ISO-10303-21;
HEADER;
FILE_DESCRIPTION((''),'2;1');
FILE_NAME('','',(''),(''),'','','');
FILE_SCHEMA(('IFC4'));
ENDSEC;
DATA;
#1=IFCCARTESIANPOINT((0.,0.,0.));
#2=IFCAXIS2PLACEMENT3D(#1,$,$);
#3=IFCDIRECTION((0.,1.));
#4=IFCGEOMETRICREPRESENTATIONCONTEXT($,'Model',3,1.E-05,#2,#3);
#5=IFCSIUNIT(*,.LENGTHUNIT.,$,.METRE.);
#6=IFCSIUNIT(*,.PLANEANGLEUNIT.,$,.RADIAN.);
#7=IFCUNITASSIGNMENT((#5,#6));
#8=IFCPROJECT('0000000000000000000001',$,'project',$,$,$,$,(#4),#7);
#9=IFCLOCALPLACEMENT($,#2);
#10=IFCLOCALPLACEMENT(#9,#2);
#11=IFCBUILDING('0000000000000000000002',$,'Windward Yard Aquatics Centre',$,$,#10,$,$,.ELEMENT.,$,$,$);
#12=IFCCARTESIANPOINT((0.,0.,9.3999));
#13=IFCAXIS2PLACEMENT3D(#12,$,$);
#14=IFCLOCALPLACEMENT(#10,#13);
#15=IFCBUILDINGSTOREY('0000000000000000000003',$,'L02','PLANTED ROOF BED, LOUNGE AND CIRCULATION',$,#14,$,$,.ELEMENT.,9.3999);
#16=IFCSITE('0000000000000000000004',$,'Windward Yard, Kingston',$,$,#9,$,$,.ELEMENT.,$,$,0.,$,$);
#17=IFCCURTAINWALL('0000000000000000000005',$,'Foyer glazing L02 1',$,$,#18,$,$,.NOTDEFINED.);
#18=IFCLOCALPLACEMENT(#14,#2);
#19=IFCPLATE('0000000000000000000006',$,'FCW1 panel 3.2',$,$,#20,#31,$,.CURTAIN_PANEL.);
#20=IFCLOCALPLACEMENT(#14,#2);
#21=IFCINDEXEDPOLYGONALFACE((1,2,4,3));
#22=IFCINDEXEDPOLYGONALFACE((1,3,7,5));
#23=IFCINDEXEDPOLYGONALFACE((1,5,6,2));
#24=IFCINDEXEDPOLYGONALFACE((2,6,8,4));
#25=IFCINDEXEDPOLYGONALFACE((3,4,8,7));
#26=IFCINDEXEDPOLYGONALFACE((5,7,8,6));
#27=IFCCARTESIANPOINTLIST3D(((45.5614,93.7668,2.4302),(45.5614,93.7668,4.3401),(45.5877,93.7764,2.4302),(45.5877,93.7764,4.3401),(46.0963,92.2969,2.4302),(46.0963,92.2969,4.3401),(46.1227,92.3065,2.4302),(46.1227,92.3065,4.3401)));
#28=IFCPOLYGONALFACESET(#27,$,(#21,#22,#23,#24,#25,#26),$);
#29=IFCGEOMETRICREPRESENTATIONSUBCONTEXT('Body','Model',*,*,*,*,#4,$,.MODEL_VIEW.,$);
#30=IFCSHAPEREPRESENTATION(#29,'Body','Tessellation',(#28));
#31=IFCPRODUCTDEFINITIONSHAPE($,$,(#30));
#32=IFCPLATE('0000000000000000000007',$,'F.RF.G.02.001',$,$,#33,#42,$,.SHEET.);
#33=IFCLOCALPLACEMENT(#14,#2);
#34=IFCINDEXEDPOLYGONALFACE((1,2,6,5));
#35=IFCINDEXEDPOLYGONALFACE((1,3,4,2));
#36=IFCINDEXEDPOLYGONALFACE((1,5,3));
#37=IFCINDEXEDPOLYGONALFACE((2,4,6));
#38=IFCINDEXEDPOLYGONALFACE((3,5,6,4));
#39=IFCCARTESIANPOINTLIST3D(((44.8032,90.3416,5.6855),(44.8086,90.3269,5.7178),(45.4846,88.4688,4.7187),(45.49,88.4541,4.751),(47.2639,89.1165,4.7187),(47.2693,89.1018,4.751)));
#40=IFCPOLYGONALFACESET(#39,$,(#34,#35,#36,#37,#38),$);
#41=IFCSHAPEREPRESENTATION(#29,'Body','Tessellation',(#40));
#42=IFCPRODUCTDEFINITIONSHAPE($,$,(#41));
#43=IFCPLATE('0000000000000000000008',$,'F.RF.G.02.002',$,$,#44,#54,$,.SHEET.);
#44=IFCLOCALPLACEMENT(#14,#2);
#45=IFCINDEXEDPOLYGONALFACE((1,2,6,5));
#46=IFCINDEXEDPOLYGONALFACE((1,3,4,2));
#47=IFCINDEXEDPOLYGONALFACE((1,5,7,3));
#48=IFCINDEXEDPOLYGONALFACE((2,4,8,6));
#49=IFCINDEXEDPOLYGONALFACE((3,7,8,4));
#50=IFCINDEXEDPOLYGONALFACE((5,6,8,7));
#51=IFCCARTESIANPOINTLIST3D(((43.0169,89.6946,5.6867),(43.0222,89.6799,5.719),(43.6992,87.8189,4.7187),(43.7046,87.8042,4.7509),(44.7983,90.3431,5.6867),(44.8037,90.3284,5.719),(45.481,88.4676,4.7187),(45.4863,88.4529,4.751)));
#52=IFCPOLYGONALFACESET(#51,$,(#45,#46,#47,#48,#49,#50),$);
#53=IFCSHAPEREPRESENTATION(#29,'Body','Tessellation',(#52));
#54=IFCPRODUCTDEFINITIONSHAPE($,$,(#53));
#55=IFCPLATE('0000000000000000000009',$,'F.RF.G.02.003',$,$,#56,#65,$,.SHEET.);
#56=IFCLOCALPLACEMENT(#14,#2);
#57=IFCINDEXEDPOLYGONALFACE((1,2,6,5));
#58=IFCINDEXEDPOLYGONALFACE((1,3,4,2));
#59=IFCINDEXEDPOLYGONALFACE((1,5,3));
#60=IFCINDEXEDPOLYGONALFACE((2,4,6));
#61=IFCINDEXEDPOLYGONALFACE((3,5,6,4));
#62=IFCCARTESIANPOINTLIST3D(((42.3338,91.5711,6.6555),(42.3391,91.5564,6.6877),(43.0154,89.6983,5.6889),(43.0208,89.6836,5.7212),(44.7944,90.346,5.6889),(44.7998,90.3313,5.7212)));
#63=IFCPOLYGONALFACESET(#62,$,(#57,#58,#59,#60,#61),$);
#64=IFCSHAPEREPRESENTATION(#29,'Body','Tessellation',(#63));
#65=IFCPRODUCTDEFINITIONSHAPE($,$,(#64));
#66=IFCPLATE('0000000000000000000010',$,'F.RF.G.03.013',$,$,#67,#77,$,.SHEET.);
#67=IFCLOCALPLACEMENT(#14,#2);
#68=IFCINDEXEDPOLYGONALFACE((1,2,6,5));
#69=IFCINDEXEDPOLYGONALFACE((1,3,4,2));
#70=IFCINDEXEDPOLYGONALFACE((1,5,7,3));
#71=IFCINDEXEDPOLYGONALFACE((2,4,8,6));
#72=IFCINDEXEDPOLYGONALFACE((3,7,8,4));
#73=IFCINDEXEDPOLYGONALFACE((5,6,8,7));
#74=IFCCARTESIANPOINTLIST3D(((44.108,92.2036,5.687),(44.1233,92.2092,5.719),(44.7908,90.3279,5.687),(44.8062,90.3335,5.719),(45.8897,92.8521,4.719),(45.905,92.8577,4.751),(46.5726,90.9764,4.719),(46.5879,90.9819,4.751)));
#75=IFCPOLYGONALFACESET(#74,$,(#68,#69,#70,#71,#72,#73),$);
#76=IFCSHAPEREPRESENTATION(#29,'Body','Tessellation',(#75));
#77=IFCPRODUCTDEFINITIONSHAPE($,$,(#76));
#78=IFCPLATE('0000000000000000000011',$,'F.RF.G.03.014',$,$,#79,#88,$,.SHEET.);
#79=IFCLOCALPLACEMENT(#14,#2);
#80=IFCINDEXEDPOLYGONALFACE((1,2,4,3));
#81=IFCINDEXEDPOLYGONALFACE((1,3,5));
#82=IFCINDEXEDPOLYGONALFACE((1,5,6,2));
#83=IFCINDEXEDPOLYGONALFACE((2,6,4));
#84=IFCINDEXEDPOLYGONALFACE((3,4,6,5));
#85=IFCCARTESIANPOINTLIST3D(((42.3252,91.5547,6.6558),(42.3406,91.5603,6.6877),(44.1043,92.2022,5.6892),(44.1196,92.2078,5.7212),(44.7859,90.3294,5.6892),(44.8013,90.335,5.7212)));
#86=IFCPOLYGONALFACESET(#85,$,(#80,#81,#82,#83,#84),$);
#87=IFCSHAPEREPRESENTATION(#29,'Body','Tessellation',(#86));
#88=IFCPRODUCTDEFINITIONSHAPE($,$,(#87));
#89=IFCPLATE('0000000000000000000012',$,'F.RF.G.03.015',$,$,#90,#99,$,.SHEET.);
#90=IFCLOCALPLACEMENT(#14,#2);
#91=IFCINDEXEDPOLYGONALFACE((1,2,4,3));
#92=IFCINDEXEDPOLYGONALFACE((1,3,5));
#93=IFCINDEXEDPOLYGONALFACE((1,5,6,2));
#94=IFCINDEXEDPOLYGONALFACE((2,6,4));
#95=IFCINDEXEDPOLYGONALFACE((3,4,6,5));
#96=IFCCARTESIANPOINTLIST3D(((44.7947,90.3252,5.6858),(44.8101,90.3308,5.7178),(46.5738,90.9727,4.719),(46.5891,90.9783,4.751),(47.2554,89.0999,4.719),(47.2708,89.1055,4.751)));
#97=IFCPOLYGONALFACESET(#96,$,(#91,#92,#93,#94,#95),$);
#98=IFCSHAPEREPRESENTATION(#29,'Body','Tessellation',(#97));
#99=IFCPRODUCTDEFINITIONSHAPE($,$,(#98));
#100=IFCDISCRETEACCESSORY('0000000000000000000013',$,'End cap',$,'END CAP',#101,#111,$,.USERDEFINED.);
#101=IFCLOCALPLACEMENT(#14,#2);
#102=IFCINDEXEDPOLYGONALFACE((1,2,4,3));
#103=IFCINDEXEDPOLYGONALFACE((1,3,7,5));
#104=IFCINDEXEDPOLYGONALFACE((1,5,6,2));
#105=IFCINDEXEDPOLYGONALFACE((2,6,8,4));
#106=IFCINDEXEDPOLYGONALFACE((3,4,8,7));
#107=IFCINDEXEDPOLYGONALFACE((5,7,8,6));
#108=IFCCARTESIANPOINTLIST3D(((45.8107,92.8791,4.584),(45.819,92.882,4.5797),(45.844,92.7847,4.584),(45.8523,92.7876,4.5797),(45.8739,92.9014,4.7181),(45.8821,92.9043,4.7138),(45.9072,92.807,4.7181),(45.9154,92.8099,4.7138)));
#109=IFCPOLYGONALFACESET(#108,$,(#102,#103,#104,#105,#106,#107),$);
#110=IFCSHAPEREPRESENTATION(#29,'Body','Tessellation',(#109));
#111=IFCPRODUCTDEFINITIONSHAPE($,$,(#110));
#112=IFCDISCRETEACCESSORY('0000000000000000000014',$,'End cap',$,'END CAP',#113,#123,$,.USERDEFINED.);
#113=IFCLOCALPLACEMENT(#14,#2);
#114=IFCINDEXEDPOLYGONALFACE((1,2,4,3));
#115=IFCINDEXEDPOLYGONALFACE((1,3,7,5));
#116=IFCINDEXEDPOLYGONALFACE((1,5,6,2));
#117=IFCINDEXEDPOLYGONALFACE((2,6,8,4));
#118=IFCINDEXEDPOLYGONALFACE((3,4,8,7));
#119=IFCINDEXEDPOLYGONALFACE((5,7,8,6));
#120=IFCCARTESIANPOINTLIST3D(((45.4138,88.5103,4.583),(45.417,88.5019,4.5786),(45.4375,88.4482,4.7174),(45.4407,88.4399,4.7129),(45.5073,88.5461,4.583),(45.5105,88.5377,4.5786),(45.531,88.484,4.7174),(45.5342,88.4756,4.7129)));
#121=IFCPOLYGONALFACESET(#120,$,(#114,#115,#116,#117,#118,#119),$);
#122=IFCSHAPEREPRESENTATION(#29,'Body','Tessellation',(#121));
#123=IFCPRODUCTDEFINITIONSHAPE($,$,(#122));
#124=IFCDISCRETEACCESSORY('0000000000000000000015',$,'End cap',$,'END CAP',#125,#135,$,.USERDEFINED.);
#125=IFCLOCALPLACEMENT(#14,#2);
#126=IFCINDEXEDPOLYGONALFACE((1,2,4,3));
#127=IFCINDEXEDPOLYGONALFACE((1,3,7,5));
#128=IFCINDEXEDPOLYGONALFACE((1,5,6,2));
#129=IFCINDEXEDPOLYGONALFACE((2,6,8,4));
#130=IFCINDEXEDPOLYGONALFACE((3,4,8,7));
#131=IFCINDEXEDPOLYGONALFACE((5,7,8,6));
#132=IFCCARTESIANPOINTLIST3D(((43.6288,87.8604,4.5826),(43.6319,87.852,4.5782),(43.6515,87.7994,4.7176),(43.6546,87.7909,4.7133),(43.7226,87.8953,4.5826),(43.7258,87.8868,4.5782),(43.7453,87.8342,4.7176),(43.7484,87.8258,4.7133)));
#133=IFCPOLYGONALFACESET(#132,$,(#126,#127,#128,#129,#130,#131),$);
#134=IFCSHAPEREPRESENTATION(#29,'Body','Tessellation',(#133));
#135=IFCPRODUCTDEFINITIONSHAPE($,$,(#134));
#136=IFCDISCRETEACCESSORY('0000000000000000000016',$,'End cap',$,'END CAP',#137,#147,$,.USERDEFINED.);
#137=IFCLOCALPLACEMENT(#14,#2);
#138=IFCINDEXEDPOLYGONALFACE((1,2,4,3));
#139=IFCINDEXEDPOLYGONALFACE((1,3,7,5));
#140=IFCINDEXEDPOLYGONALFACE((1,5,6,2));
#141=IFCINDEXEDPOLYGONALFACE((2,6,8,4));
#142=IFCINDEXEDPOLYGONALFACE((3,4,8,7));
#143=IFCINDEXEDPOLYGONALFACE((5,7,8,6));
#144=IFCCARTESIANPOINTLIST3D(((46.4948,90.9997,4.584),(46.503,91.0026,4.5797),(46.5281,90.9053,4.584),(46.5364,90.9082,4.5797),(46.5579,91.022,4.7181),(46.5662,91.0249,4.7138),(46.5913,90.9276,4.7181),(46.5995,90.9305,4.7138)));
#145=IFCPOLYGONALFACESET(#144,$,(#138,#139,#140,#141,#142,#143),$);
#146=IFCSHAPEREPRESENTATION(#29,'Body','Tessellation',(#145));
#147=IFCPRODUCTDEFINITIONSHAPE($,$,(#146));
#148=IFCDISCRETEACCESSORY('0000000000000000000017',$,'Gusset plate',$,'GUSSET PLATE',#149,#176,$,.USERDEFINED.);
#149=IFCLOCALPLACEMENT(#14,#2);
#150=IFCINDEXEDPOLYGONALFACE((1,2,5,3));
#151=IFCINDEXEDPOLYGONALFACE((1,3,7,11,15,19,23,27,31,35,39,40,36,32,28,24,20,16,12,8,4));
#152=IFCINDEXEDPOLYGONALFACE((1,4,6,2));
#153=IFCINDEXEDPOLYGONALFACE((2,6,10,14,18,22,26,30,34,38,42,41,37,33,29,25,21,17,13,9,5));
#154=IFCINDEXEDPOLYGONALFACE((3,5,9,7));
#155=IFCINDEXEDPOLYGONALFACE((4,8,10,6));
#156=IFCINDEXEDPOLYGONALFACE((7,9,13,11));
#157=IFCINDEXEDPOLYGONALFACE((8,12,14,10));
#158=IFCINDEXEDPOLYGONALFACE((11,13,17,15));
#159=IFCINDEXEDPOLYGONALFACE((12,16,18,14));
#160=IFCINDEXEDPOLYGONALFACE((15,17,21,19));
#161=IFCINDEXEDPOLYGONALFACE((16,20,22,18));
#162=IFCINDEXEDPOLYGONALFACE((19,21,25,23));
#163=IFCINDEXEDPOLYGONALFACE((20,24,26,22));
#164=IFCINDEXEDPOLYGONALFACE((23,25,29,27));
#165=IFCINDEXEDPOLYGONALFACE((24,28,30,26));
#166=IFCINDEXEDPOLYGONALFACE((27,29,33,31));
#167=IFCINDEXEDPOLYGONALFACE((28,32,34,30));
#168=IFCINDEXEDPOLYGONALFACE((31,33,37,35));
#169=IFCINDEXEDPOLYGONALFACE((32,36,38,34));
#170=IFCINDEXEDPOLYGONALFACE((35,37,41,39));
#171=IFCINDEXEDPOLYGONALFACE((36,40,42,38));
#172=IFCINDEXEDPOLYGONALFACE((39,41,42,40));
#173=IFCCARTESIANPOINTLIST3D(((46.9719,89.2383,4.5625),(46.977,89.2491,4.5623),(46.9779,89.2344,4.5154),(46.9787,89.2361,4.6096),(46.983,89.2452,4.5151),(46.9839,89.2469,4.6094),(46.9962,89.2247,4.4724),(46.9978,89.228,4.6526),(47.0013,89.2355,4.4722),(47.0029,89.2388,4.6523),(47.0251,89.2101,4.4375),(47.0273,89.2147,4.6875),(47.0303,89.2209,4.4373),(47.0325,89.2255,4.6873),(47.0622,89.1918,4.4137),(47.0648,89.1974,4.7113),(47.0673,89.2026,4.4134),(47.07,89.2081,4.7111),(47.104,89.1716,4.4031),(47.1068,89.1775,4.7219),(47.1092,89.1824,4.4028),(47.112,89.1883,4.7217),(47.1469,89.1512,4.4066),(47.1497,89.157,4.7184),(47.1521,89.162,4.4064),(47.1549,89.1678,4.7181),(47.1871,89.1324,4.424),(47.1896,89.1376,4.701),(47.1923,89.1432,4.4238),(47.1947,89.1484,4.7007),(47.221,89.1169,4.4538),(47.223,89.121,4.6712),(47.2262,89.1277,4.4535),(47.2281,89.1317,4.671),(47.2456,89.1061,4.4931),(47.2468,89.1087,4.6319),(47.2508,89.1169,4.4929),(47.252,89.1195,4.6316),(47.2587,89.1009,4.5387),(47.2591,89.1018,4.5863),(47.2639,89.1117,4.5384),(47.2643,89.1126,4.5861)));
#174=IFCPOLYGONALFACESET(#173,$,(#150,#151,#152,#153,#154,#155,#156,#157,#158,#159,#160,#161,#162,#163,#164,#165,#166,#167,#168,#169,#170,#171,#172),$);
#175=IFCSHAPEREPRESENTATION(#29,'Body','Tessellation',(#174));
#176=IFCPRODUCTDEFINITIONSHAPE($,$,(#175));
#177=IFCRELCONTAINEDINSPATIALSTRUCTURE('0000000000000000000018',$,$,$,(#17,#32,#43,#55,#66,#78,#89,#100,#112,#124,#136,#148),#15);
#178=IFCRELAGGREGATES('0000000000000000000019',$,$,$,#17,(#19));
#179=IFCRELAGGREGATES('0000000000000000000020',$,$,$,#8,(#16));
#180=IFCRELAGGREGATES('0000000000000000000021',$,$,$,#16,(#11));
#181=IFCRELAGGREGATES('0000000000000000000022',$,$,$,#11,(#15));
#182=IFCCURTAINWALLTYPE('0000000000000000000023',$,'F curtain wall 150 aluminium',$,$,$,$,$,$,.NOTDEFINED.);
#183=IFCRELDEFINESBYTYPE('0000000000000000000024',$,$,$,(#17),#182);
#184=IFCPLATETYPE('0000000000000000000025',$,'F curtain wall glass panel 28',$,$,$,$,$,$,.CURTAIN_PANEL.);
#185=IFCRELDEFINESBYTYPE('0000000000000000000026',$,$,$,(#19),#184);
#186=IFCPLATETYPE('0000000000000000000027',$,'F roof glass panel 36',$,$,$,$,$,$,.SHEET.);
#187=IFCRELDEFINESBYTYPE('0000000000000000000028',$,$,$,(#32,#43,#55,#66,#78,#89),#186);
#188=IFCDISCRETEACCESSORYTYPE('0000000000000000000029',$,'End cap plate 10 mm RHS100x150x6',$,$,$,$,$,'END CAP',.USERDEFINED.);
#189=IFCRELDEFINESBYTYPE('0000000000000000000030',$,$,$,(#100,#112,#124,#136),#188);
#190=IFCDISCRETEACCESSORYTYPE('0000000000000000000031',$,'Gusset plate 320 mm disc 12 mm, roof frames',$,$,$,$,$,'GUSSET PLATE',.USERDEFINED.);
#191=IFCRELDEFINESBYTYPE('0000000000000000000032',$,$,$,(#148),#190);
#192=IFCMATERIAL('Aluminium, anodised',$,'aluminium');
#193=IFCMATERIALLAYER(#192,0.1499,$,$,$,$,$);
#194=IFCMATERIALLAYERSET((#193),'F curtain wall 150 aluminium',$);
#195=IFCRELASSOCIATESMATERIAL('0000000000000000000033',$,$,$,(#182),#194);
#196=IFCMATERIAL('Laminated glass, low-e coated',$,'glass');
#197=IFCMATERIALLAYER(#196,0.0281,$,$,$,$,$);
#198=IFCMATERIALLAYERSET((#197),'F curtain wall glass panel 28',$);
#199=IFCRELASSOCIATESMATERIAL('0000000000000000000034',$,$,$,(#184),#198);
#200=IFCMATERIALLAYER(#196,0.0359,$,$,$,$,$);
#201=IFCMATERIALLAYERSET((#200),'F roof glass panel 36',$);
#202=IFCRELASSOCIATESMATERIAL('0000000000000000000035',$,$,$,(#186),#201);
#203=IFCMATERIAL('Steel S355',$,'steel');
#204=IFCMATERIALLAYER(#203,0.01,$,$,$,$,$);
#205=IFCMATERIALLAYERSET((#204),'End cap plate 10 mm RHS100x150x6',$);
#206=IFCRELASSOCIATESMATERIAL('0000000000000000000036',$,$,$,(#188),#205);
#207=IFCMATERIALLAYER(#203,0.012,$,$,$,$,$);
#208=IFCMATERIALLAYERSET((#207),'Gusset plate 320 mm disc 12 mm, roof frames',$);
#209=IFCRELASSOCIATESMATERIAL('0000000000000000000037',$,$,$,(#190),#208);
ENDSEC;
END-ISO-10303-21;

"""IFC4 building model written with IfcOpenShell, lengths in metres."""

from ifc_helpers import new_model, si_unit, direction, frame, origin, origin_2d, place, context, subcontext, project, spatial, polyline, rectangle, circle, outline, extrude, material, layer, layer_set, type_object, element, aggregate, save


model = new_model("IFC4")

# Units and contexts
model_context = context("Model", 3, precision=1e-05, world=origin(), true_north=direction((0.0, 1.0)))
body_context = subcontext(model_context, "Body", "Model", "MODEL_VIEW")
ifc_project = project(units=[si_unit("LENGTHUNIT", "METRE"), si_unit("PLANEANGLEUNIT", "RADIAN")], contexts=[model_context])

# Site, building, storey
site_placement = place(None, origin())
site = spatial("IfcSite", under=ifc_project, at=site_placement, Name="Windward Yard, Kingston", CompositionType="ELEMENT", RefElevation=0.0)
building_placement = place(site_placement, origin())
building = spatial("IfcBuilding", under=site, at=building_placement, Name="Windward Yard Aquatics Centre", CompositionType="ELEMENT")
storey_placement = place(building_placement, frame((0.0, 0.0, 9.3999)))
storey = spatial("IfcBuildingStorey", under=building, at=storey_placement, Name="L02", Description="PLANTED ROOF BED, LOUNGE AND CIRCULATION", CompositionType="ELEMENT", Elevation=9.3999)

# Shared definitions
ifc_material_1 = material(Name="Steel S355", Category="steel")

# Curtain wall, plate
ifc_material_2 = material(Name="Aluminium, anodised", Category="aluminium")
ifc_layer_1 = layer(ifc_material_2, 0.1499)
ifc_layer_set_1 = layer_set([ifc_layer_1], Name="F curtain wall 150 aluminium")
curtain_wall_type = type_object("IfcCurtainWallType", Name="F curtain wall 150 aluminium", PredefinedType="NOTDEFINED", material=ifc_layer_set_1)
curtain_wall_placement = place(storey_placement, origin())
curtain_wall = element("IfcCurtainWall", 1, at=curtain_wall_placement, inside=storey, type_object=curtain_wall_type, Name="Foyer glazing L02 1", PredefinedType="NOTDEFINED")
ifc_material_3 = material(Name="Laminated glass, low-e coated", Category="glass")
ifc_layer_2 = layer(ifc_material_3, 0.0281)
ifc_layer_set_2 = layer_set([ifc_layer_2], Name="F curtain wall glass panel 28")
plate_type_1 = type_object("IfcPlateType", Name="F curtain wall glass panel 28", PredefinedType="CURTAIN_PANEL", material=ifc_layer_set_2)
plate_1_placement = place(storey_placement, frame((45.842, 93.0366, 2.4302), z_axis=(0.0, 0.0, 1.0), x_axis=(-0.342019, 0.939693, 0.0)))
plate_1 = element("IfcPlate", 2, at=plate_1_placement, type_object=plate_type_1, Name="FCW1 panel 3.2", PredefinedType="CURTAIN_PANEL", context=body_context, shape_type="SweptSolid", body=[
    extrude(rectangle(XDim=1.5642, YDim=0.0281, at=origin_2d()), origin(), (0.0, 0.0, 1.0), 1.9099),
])
aggregate(curtain_wall, [plate_1])

# Plates
ifc_layer_3 = layer(ifc_material_3, 0.0359)
ifc_layer_set_3 = layer_set([ifc_layer_3], Name="F roof glass panel 36")
plate_type_2 = type_object("IfcPlateType", Name="F roof glass panel 36", PredefinedType="SHEET", material=ifc_layer_set_3)
plate_2_placement = place(storey_placement, frame((44.8086, 90.3269, 5.7178), z_axis=(0.149301, -0.410141, 0.899719), x_axis=(0.844479, -0.420438, -0.331793)))
element("IfcPlate", 3, at=plate_2_placement, inside=storey, type_object=plate_type_2, Name="F.RF.G.02.001", PredefinedType="SHEET", context=body_context, shape_type="SweptSolid", body=[
    extrude(outline(polyline([(0.0, 0.0), (2.9139, 0.0), (1.6836, -1.4394), (0.0, 0.0)])), origin(), (0.0, 0.0, -1.0), 0.0359),
])
plate_3_placement = place(storey_placement, frame((43.0222, 89.6799, 5.719), z_axis=(0.149273, -0.410057, 0.899762), x_axis=(0.939686, 0.342039, -0.000015)))
element("IfcPlate", 4, at=plate_3_placement, inside=storey, type_object=plate_type_2, Name="F.RF.G.02.002", PredefinedType="SHEET", context=body_context, shape_type="SweptSolid", body=[
    extrude(outline(polyline([(0.0, 0.0), (1.8958, 0.0), (1.8958, -2.2182), (-0.0003, -2.2183), (0.0, 0.0)])), origin(), (0.0, 0.0, -1.0), 0.0359),
])
plate_4_placement = place(storey_placement, frame((42.3391, 91.5564, 6.6877), z_axis=(0.149283, -0.410036, 0.899769), x_axis=(0.844503, -0.42045, -0.331718)))
element("IfcPlate", 5, at=plate_4_placement, inside=storey, type_object=plate_type_2, Name="F.RF.G.02.003", PredefinedType="SHEET", context=body_context, shape_type="SweptSolid", body=[
    extrude(outline(polyline([(0.0, 0.0), (2.9138, 0.0), (1.6837, -1.4392), (0.0, 0.0)])), origin(), (0.0, 0.0, -1.0), 0.0359),
])
plate_5_placement = place(storey_placement, frame((44.1233, 92.2092, 5.719), z_axis=(0.427275, 0.15555, 0.890641), x_axis=(0.836938, 0.304591, -0.454708)))
element("IfcPlate", 6, at=plate_5_placement, inside=storey, type_object=plate_type_2, Name="F.RF.G.03.013", PredefinedType="SHEET", context=body_context, shape_type="SweptSolid", body=[
    extrude(outline(polyline([(0.0, 0.0), (2.1289, 0.0), (2.1291, -1.9962), (0.0002, -1.9962), (0.0, 0.0)])), origin(), (0.0, 0.0, -1.0), 0.0359),
])
plate_6_placement = place(storey_placement, frame((42.3406, 91.5603, 6.6877), z_axis=(0.427284, 0.155518, 0.890642), x_axis=(0.836939, 0.304592, -0.454706)))
element("IfcPlate", 7, at=plate_6_placement, inside=storey, type_object=plate_type_2, Name="F.RF.G.03.014", PredefinedType="SHEET", context=body_context, shape_type="SweptSolid", body=[
    extrude(outline(polyline([(0.0, 0.0), (2.1257, 0.0), (2.1257, -1.993), (0.0, 0.0)])), origin(), (0.0, 0.0, -1.0), 0.0359),
])
plate_7_placement = place(storey_placement, frame((44.8101, 90.3308, 5.7178), z_axis=(0.427369, 0.155549, 0.890595), x_axis=(0.836895, 0.304576, -0.454797)))
element("IfcPlate", 8, at=plate_7_placement, inside=storey, type_object=plate_type_2, Name="F.RF.G.03.015", PredefinedType="SHEET", context=body_context, shape_type="SweptSolid", body=[
    extrude(outline(polyline([(0.0, 0.0), (2.1258, 0.0), (2.1258, -1.993), (0.0, 0.0)])), origin(), (0.0, 0.0, -1.0), 0.0359),
])

# Discrete accessories
ifc_layer_4 = layer(ifc_material_1, 0.01)
ifc_layer_set_4 = layer_set([ifc_layer_4], Name="End cap plate 10 mm RHS100x150x6")
discrete_accessory_type_1 = type_object("IfcDiscreteAccessoryType", Name="End cap plate 10 mm RHS100x150x6", ElementType="END CAP", PredefinedType="USERDEFINED", material=ifc_layer_set_4)
discrete_accessory_1_placement = place(storey_placement, frame((45.8672, 92.8459, 4.6467), z_axis=(-0.843696, -0.297775, 0.446663), x_axis=(0.33282, -0.94299, 0.0)))
element("IfcDiscreteAccessory", 9, at=discrete_accessory_1_placement, inside=storey, type_object=discrete_accessory_type_1, Name="End cap", ObjectType="END CAP", PredefinedType="USERDEFINED", context=body_context, shape_type="SweptSolid", body=[
    extrude(rectangle(XDim=0.1001, YDim=0.1499, at=origin_2d()), origin(), (0.0, 0.0, 1.0), 0.0098),
])
for number, where, z_axis, x_axis, name in (
    (10, (45.4756, 88.4888, 4.6458), (-0.320135, 0.837276, 0.443264), (-0.934052, -0.357137, 0.0), "End cap"),
    (11, (43.6902, 87.8389, 4.6458), (-0.31364, 0.844416, 0.434271), (-0.937425, -0.348187, 0.0), "End cap"),
):
    element("IfcDiscreteAccessory", number, at=place(storey_placement, frame(where, z_axis=z_axis, x_axis=x_axis)), inside=storey, type_object=discrete_accessory_type_1, Name=name, ObjectType="END CAP", PredefinedType="USERDEFINED", context=body_context, shape_type="SweptSolid", body=[
        extrude(rectangle(XDim=0.1001, YDim=0.1499, at=origin_2d()), origin(), (0.0, 0.0, 1.0), 0.01),
    ])
discrete_accessory_2_placement = place(storey_placement, frame((46.5513, 90.9666, 4.6467), z_axis=(-0.843696, -0.297775, 0.446663), x_axis=(0.33282, -0.94299, 0.0)))
element("IfcDiscreteAccessory", 12, at=discrete_accessory_2_placement, inside=storey, type_object=discrete_accessory_type_1, Name="End cap", ObjectType="END CAP", PredefinedType="USERDEFINED", context=body_context, shape_type="SweptSolid", body=[
    extrude(rectangle(XDim=0.1001, YDim=0.1499, at=origin_2d()), origin(), (0.0, 0.0, 1.0), 0.0098),
])
ifc_layer_5 = layer(ifc_material_1, 0.012)
ifc_layer_set_5 = layer_set([ifc_layer_5], Name="Gusset plate 320 mm disc 12 mm, roof frames")
discrete_accessory_type_2 = type_object("IfcDiscreteAccessoryType", Name="Gusset plate 320 mm disc 12 mm, roof frames", ElementType="GUSSET PLATE", PredefinedType="USERDEFINED", material=ifc_layer_set_5)
discrete_accessory_3_placement = place(storey_placement, frame((47.1162, 89.1694, 4.5625), z_axis=(0.430639, 0.902291, -0.020507), x_axis=(-0.902481, 0.43073, 0.0)))
element("IfcDiscreteAccessory", 13, at=discrete_accessory_3_placement, inside=storey, type_object=discrete_accessory_type_2, Name="Gusset plate", ObjectType="GUSSET PLATE", PredefinedType="USERDEFINED", context=body_context, shape_type="SweptSolid", body=[
    extrude(circle(Radius=0.1599, at=origin_2d()), origin(), (0.0, 0.0, 1.0), 0.012),
])

save(model, "model.ifc")
